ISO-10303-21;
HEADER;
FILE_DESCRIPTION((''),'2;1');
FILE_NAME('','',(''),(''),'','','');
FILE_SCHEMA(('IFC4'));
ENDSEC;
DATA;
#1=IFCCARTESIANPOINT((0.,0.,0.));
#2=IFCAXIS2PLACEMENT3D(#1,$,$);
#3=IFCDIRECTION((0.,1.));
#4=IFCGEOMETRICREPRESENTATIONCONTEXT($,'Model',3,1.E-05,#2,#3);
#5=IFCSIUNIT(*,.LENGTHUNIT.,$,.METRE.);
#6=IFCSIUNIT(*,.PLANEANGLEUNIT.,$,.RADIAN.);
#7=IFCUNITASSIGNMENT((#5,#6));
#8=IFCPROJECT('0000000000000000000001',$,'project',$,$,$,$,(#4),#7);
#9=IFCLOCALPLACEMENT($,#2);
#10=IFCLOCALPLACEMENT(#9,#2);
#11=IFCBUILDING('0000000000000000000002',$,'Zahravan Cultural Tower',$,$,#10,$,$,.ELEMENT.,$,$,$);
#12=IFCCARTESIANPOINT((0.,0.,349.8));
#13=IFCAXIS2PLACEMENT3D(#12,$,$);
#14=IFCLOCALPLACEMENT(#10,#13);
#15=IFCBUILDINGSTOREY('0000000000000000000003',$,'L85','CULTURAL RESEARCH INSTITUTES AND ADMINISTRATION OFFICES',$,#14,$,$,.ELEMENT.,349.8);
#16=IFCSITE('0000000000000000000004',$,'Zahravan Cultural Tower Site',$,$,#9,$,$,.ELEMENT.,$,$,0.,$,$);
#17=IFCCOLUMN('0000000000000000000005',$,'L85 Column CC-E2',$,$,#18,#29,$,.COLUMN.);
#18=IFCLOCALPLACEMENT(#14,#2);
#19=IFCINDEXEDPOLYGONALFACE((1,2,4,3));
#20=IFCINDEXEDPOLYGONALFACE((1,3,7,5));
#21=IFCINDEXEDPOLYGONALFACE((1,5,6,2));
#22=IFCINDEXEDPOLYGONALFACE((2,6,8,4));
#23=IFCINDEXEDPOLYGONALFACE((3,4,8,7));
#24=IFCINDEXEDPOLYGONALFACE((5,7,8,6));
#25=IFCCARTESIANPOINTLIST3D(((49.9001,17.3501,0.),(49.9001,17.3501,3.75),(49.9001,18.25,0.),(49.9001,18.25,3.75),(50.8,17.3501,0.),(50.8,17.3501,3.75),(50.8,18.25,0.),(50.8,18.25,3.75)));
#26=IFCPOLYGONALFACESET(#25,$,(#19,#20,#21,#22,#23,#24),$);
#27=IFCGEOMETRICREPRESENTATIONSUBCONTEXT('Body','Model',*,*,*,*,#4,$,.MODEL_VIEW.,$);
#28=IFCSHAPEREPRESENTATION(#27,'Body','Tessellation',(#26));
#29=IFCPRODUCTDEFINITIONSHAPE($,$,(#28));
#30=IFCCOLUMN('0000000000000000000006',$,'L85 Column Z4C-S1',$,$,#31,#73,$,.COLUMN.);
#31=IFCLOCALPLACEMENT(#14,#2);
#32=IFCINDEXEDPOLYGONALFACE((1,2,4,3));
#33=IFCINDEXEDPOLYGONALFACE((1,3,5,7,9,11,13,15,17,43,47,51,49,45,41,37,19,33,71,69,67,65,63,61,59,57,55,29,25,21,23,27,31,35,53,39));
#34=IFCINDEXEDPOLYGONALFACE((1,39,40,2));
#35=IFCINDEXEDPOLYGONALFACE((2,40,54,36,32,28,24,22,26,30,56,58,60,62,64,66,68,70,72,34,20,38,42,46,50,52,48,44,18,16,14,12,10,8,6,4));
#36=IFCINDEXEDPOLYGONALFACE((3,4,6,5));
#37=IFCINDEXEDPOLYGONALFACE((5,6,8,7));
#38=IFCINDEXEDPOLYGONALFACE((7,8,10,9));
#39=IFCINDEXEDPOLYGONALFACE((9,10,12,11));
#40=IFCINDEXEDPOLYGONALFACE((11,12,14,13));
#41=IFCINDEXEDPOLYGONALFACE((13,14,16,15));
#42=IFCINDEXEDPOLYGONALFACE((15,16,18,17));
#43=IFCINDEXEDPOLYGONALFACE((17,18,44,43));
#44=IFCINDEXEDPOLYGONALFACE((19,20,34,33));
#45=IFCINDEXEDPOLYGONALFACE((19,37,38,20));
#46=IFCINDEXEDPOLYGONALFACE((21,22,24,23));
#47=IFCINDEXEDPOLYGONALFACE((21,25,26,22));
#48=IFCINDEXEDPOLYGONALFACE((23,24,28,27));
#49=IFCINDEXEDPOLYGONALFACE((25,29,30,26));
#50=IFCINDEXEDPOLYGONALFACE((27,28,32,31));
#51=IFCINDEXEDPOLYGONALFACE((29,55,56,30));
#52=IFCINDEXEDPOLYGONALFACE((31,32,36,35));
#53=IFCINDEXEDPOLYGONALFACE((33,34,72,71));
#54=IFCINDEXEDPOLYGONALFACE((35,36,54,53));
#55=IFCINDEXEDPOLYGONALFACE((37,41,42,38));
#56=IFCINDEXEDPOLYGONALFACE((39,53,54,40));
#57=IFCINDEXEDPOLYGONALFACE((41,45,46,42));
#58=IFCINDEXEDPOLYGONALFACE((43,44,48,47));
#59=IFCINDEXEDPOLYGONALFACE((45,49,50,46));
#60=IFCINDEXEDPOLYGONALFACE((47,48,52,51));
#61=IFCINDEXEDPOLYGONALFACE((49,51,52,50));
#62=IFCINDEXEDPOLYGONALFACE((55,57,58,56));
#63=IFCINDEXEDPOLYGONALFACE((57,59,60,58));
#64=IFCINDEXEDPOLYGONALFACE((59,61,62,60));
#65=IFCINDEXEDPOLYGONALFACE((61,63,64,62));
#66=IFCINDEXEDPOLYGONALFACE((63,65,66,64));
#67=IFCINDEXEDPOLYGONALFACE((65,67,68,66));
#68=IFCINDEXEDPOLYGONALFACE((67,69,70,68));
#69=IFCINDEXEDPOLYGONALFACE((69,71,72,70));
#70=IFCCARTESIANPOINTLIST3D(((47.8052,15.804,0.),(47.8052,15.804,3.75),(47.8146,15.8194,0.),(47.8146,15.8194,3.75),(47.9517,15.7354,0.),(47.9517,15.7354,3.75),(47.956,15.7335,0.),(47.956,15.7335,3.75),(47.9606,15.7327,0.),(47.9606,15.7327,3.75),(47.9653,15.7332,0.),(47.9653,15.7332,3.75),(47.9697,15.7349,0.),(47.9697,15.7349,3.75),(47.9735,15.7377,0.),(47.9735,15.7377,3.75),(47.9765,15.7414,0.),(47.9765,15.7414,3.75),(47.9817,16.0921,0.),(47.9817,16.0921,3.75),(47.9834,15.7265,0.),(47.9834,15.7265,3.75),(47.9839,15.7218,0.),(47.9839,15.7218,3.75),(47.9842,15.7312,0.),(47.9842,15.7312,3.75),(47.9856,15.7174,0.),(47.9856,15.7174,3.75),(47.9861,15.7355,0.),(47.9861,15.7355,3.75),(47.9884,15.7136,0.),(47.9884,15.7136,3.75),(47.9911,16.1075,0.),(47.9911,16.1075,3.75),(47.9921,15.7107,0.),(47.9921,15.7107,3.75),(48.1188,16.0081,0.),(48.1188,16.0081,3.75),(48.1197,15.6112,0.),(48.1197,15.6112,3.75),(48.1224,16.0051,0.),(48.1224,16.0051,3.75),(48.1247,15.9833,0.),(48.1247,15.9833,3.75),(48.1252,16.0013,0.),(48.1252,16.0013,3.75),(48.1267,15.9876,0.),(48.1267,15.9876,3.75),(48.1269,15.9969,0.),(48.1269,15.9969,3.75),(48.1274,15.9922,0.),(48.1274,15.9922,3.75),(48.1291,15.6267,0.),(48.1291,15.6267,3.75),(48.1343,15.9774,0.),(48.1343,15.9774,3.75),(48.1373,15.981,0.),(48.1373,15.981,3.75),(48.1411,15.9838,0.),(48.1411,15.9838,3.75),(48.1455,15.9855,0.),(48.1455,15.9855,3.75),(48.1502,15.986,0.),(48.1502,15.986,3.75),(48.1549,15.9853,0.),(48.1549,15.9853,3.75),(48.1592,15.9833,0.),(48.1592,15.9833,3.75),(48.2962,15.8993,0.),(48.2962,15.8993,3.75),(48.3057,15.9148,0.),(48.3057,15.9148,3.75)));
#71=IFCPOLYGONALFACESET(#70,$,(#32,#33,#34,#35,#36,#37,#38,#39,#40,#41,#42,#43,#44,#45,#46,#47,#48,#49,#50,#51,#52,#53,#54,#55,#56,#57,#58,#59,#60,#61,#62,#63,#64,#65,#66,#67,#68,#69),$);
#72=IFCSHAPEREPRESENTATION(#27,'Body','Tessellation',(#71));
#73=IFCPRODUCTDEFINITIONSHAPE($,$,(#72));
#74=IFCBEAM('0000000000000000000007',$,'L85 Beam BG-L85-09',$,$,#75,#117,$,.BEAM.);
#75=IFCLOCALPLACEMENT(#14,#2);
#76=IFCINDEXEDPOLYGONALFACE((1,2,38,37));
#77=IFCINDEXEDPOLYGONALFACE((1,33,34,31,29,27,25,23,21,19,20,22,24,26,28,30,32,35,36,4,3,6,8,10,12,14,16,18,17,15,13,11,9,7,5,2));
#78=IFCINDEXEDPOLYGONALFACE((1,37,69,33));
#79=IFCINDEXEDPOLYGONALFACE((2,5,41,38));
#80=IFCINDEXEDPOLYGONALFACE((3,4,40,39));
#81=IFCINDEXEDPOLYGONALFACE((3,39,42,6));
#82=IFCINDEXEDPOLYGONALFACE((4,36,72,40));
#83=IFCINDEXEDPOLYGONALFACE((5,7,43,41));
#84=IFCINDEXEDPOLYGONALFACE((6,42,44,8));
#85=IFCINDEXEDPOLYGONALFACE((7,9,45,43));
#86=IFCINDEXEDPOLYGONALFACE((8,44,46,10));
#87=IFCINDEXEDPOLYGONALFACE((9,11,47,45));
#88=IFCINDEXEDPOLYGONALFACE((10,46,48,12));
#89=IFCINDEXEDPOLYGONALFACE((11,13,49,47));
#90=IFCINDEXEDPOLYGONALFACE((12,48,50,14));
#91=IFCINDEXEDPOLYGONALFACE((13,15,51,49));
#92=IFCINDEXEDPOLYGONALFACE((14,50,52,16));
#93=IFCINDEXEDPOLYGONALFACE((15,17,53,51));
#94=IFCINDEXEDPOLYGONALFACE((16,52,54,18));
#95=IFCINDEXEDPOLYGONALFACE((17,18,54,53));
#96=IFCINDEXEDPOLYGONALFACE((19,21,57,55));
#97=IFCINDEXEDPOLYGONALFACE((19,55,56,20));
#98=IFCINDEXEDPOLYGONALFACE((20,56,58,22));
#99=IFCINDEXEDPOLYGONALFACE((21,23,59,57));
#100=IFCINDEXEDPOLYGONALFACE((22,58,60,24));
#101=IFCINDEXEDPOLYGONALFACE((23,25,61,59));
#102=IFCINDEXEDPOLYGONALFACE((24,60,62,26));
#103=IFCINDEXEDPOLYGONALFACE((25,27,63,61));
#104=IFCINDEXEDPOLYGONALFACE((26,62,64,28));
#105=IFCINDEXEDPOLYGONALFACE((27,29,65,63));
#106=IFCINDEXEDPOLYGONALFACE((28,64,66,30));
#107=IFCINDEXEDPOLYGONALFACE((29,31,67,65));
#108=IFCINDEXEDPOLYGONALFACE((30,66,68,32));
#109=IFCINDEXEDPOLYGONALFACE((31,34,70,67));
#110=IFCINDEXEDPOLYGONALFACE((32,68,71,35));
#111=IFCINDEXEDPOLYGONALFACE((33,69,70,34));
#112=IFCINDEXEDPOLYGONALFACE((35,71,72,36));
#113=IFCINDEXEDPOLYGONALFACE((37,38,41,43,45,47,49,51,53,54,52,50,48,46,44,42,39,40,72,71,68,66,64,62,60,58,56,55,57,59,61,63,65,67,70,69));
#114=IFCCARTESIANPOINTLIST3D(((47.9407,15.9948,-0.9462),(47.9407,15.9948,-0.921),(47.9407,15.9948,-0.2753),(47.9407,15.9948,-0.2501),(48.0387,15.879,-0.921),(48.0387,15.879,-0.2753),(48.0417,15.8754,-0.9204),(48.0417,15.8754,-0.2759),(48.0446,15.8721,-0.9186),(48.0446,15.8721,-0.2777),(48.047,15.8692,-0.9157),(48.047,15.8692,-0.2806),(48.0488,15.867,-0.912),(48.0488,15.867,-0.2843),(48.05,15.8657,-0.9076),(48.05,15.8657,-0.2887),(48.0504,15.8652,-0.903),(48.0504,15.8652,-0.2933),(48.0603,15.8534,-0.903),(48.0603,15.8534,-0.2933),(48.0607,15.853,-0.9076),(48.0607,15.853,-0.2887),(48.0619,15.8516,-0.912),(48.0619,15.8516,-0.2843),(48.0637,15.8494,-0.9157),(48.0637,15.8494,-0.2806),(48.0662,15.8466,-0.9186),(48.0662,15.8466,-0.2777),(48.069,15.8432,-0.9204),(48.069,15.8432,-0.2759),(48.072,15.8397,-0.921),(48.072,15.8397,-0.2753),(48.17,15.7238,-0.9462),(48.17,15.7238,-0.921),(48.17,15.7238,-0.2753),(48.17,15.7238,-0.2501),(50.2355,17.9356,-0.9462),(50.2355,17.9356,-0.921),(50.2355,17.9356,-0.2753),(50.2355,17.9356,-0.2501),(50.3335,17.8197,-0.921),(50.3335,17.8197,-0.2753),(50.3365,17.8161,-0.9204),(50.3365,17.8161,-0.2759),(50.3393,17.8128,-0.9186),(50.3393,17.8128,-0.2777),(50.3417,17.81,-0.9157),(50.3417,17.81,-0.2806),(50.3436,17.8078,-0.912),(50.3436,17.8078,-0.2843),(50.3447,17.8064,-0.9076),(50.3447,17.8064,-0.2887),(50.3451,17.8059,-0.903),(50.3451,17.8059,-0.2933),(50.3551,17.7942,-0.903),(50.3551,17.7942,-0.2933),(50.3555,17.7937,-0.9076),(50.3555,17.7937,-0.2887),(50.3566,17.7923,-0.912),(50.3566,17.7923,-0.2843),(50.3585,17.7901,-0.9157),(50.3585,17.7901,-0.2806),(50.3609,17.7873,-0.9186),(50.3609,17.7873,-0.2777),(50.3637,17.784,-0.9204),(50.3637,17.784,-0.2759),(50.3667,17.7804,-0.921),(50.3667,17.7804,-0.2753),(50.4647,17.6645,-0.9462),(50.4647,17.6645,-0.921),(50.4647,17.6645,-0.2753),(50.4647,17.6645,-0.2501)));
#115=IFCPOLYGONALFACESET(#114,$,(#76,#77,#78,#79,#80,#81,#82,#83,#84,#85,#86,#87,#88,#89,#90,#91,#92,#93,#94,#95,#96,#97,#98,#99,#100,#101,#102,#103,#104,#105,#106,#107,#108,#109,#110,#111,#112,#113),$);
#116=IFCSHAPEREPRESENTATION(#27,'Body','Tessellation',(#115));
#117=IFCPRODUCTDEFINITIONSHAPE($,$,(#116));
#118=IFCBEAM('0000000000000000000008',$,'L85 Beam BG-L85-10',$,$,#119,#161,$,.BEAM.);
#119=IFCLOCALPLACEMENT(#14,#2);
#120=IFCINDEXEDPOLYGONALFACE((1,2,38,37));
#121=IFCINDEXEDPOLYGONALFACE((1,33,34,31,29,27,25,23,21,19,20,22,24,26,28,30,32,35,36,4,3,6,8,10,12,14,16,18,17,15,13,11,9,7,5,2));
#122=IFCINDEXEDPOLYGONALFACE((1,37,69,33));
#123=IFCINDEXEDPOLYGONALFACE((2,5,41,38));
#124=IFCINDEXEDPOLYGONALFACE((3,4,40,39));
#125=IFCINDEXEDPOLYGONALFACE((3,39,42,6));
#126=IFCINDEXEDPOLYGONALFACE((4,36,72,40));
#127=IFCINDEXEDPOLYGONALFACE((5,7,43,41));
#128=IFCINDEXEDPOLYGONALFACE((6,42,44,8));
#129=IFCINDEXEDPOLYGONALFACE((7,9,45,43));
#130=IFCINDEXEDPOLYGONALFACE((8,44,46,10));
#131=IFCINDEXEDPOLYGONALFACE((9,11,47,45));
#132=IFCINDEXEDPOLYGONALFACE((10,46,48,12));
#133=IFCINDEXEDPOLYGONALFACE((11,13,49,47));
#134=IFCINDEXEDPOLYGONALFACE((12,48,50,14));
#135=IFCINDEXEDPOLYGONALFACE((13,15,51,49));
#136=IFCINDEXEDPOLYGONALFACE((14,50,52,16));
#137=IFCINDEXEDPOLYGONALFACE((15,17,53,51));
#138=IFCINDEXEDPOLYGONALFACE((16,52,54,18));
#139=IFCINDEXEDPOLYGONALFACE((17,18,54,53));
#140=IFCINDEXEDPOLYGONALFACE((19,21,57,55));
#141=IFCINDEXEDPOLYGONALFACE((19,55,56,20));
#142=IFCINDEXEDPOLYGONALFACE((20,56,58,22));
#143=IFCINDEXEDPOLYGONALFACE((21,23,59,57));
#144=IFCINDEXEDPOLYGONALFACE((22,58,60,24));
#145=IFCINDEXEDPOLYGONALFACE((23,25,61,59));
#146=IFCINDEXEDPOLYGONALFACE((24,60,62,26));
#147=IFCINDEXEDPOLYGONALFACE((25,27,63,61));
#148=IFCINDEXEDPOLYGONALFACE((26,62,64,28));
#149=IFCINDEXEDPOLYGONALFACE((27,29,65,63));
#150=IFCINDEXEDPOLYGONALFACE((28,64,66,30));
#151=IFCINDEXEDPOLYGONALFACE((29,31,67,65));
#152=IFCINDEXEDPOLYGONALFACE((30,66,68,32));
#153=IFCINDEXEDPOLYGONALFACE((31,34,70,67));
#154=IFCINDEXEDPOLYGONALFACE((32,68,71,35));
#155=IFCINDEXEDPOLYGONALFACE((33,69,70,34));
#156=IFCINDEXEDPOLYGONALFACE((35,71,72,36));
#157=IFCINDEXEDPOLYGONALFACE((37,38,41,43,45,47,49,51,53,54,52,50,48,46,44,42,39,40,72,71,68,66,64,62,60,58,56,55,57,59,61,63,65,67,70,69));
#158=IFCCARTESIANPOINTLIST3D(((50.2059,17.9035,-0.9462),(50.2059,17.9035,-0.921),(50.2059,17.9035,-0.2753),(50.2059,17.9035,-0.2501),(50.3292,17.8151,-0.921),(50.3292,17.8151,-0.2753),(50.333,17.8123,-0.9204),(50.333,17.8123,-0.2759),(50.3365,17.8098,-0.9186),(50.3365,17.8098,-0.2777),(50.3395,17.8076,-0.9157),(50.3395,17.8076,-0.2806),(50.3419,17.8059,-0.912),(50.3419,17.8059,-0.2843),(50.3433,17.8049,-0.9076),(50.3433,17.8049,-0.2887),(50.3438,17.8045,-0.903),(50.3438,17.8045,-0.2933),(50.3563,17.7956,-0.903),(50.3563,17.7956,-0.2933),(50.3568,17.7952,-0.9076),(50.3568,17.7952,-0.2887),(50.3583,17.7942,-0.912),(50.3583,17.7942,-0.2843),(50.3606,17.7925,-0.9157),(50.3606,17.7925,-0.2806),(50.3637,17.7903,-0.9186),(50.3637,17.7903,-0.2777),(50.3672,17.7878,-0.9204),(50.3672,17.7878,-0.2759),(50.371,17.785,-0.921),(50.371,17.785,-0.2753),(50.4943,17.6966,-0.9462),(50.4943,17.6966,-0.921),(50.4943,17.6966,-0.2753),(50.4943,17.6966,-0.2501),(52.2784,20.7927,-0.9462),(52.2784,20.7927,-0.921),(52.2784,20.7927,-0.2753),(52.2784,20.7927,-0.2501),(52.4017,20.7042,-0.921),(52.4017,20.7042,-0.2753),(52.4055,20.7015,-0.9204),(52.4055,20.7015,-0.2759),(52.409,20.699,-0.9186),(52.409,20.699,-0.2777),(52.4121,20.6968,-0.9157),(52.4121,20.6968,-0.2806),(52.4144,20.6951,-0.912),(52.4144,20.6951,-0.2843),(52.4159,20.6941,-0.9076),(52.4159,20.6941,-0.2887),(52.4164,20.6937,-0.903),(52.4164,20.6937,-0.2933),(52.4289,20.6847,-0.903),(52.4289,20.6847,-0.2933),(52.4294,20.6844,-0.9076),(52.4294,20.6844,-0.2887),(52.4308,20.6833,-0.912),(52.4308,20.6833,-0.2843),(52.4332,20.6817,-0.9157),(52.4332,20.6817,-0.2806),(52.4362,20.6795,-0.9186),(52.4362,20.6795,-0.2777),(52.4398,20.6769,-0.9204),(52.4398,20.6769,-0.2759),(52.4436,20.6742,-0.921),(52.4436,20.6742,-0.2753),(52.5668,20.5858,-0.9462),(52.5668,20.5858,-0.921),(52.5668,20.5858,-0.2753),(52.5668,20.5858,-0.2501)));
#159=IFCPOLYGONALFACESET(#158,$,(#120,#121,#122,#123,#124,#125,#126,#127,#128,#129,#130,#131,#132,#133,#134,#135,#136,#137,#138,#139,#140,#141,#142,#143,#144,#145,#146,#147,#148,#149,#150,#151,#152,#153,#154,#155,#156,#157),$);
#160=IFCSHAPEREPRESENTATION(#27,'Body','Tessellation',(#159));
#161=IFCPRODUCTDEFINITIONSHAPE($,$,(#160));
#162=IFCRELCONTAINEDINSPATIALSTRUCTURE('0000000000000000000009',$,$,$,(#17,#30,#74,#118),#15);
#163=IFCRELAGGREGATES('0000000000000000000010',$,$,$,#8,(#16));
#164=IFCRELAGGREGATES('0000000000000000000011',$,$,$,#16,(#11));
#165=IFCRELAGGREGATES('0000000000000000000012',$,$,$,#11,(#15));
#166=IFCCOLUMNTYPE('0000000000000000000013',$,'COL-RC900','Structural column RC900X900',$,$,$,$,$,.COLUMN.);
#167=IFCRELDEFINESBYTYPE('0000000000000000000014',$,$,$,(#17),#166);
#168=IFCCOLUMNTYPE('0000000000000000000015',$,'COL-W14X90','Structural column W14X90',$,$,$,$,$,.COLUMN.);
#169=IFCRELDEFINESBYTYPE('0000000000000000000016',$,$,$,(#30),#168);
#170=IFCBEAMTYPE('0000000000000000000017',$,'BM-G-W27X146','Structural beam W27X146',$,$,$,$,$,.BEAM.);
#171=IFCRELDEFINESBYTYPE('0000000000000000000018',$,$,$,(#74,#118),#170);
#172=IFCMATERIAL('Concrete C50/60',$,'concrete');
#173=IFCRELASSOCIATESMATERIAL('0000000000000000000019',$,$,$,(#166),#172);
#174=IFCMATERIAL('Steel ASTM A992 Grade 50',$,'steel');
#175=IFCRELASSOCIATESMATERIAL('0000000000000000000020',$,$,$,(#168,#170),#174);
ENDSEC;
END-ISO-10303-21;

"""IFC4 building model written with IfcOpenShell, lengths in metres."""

from ifc_helpers import new_model, si_unit, direction, frame, origin, origin_2d, place, context, subcontext, project, spatial, rectangle, i_section, extrude, source, transform, mapped, material, material_profile, profile_set, type_object, element, save


model = new_model("IFC4")

# Units and contexts
model_context = context("Model", 3, precision=1e-05, world=origin(), true_north=direction((0.0, 1.0)))
body_context = subcontext(model_context, "Body", "Model", "MODEL_VIEW")
ifc_project = project(units=[si_unit("LENGTHUNIT", "METRE"), si_unit("PLANEANGLEUNIT", "RADIAN")], contexts=[model_context])

# Site, building, storey
site_placement = place(None, origin())
site = spatial("IfcSite", under=ifc_project, at=site_placement, Name="Zahravan Cultural Tower Site", CompositionType="ELEMENT", RefElevation=0.0)
building_placement = place(site_placement, origin())
building = spatial("IfcBuilding", under=site, at=building_placement, Name="Zahravan Cultural Tower", CompositionType="ELEMENT")
storey_placement = place(building_placement, frame((0.0, 0.0, 349.8)))
storey = spatial("IfcBuildingStorey", under=building, at=storey_placement, Name="L85", Description="CULTURAL RESEARCH INSTITUTES AND ADMINISTRATION OFFICES", CompositionType="ELEMENT", Elevation=349.8)

# Columns
ifc_material_1 = material(Name="Concrete C50/60", Category="concrete")
ifc_material_profile_1 = material_profile(ifc_material_1, rectangle(XDim=0.8999, YDim=0.8999, at=origin_2d()), Name="RC900X900")
ifc_profile_set_1 = profile_set([ifc_material_profile_1], Name="Concrete C50/60")
column_type_1 = type_object("IfcColumnType", Name="COL-RC900", Description="Structural column RC900X900", PredefinedType="COLUMN", material=ifc_profile_set_1)
shared_shape_1 = source(origin(), body_context, "Body", "SweptSolid", [
    extrude(rectangle(XDim=0.8999, YDim=0.8999, at=origin_2d()), origin(), (0.0, 0.0, 1.0), 3.75),
])
column_1_placement = place(storey_placement, frame((50.3501, 17.8, 0.0), z_axis=(0.0, 0.0, 1.0), x_axis=(1.0, 0.0, 0.0)))
element("IfcColumn", 1, at=column_1_placement, inside=storey, type_object=column_type_1, Name="L85 Column CC-E2", PredefinedType="COLUMN", context=body_context, shape_type="MappedRepresentation", body=[
    mapped(shared_shape_1, transform((0.0, 0.0, 0.0), x_axis=(1.0, 0.0, 0.0), y_axis=(0.0, 1.0, 0.0), z_axis=(0.0, 0.0, 1.0), scale=1.0)),
])
ifc_material_2 = material(Name="Steel ASTM A992 Grade 50", Category="steel")
ifc_material_profile_2 = material_profile(ifc_material_2, i_section(OverallWidth=0.3689, OverallDepth=0.356, WebThickness=0.0112, FlangeThickness=0.0181, FilletRadius=0.0181, at=origin_2d()), Name="W14X90")
ifc_profile_set_2 = profile_set([ifc_material_profile_2], Name="Steel ASTM A992 Grade 50")
column_type_2 = type_object("IfcColumnType", Name="COL-W14X90", Description="Structural column W14X90", PredefinedType="COLUMN", material=ifc_profile_set_2)
shared_shape_2 = source(origin(), body_context, "Body", "SweptSolid", [
    extrude(i_section(OverallWidth=0.3689, OverallDepth=0.356, WebThickness=0.0112, FlangeThickness=0.0181, FilletRadius=0.0181, at=origin_2d()), origin(), (0.0, 0.0, 1.0), 3.75),
])
column_2_placement = place(storey_placement, frame((48.0554, 15.8594, 0.0), z_axis=(0.0, 0.0, 1.0), x_axis=(-0.85264, 0.522499, 0.0)))
element("IfcColumn", 2, at=column_2_placement, inside=storey, type_object=column_type_2, Name="L85 Column Z4C-S1", PredefinedType="COLUMN", context=body_context, shape_type="MappedRepresentation", body=[
    mapped(shared_shape_2, transform((0.0, 0.0, 0.0), x_axis=(1.0, 0.0, 0.0), y_axis=(0.0, 1.0, 0.0), z_axis=(0.0, 0.0, 1.0), scale=1.0)),
])

# Beams
ifc_material_profile_3 = material_profile(ifc_material_2, i_section(OverallWidth=0.355, OverallDepth=0.696, WebThickness=0.0154, FlangeThickness=0.0251, FilletRadius=0.0181, at=origin_2d()), Name="W27X146")
ifc_profile_set_3 = profile_set([ifc_material_profile_3], Name="Steel ASTM A992 Grade 50")
beam_type_1 = type_object("IfcBeamType", Name="BM-G-W27X146", Description="Structural beam W27X146", PredefinedType="BEAM", material=ifc_profile_set_3)
shared_shape_3 = source(origin(), body_context, "Body", "SweptSolid", [
    extrude(i_section(OverallWidth=0.355, OverallDepth=0.696, WebThickness=0.0154, FlangeThickness=0.0251, FilletRadius=0.0181, at=origin_2d()), origin(), (0.0, 0.0, 1.0), 3.0054),
])
beam_1_placement = place(storey_placement, frame((50.3501, 17.8, -0.5981), z_axis=(-0.763546, -0.645753, 0.0), x_axis=(0.645753, -0.763546, 0.0)))
element("IfcBeam", 3, at=beam_1_placement, inside=storey, type_object=beam_type_1, Name="L85 Beam BG-L85-09", PredefinedType="BEAM", context=body_context, shape_type="MappedRepresentation", body=[
    mapped(shared_shape_3, transform((0.0, 0.0, 0.0), x_axis=(1.0, 0.0, 0.0), y_axis=(0.0, 1.0, 0.0), z_axis=(0.0, 0.0, 1.0), scale=1.0)),
])
shared_shape_4 = source(origin(), body_context, "Body", "SweptSolid", [
    extrude(i_section(OverallWidth=0.355, OverallDepth=0.696, WebThickness=0.0154, FlangeThickness=0.0251, FilletRadius=0.0181, at=origin_2d()), origin(), (0.0, 0.0, 1.0), 3.5557),
])
beam_2_placement = place(storey_placement, frame((50.3501, 17.8, -0.5981), z_axis=(0.58288, 0.812558, 0.0), x_axis=(-0.812558, 0.58288, 0.0)))
element("IfcBeam", 4, at=beam_2_placement, inside=storey, type_object=beam_type_1, Name="L85 Beam BG-L85-10", PredefinedType="BEAM", context=body_context, shape_type="MappedRepresentation", body=[
    mapped(shared_shape_4, transform((0.0, 0.0, 0.0), x_axis=(1.0, 0.0, 0.0), y_axis=(0.0, 1.0, 0.0), z_axis=(0.0, 0.0, 1.0), scale=1.0)),
])

save(model, "model.ifc")
